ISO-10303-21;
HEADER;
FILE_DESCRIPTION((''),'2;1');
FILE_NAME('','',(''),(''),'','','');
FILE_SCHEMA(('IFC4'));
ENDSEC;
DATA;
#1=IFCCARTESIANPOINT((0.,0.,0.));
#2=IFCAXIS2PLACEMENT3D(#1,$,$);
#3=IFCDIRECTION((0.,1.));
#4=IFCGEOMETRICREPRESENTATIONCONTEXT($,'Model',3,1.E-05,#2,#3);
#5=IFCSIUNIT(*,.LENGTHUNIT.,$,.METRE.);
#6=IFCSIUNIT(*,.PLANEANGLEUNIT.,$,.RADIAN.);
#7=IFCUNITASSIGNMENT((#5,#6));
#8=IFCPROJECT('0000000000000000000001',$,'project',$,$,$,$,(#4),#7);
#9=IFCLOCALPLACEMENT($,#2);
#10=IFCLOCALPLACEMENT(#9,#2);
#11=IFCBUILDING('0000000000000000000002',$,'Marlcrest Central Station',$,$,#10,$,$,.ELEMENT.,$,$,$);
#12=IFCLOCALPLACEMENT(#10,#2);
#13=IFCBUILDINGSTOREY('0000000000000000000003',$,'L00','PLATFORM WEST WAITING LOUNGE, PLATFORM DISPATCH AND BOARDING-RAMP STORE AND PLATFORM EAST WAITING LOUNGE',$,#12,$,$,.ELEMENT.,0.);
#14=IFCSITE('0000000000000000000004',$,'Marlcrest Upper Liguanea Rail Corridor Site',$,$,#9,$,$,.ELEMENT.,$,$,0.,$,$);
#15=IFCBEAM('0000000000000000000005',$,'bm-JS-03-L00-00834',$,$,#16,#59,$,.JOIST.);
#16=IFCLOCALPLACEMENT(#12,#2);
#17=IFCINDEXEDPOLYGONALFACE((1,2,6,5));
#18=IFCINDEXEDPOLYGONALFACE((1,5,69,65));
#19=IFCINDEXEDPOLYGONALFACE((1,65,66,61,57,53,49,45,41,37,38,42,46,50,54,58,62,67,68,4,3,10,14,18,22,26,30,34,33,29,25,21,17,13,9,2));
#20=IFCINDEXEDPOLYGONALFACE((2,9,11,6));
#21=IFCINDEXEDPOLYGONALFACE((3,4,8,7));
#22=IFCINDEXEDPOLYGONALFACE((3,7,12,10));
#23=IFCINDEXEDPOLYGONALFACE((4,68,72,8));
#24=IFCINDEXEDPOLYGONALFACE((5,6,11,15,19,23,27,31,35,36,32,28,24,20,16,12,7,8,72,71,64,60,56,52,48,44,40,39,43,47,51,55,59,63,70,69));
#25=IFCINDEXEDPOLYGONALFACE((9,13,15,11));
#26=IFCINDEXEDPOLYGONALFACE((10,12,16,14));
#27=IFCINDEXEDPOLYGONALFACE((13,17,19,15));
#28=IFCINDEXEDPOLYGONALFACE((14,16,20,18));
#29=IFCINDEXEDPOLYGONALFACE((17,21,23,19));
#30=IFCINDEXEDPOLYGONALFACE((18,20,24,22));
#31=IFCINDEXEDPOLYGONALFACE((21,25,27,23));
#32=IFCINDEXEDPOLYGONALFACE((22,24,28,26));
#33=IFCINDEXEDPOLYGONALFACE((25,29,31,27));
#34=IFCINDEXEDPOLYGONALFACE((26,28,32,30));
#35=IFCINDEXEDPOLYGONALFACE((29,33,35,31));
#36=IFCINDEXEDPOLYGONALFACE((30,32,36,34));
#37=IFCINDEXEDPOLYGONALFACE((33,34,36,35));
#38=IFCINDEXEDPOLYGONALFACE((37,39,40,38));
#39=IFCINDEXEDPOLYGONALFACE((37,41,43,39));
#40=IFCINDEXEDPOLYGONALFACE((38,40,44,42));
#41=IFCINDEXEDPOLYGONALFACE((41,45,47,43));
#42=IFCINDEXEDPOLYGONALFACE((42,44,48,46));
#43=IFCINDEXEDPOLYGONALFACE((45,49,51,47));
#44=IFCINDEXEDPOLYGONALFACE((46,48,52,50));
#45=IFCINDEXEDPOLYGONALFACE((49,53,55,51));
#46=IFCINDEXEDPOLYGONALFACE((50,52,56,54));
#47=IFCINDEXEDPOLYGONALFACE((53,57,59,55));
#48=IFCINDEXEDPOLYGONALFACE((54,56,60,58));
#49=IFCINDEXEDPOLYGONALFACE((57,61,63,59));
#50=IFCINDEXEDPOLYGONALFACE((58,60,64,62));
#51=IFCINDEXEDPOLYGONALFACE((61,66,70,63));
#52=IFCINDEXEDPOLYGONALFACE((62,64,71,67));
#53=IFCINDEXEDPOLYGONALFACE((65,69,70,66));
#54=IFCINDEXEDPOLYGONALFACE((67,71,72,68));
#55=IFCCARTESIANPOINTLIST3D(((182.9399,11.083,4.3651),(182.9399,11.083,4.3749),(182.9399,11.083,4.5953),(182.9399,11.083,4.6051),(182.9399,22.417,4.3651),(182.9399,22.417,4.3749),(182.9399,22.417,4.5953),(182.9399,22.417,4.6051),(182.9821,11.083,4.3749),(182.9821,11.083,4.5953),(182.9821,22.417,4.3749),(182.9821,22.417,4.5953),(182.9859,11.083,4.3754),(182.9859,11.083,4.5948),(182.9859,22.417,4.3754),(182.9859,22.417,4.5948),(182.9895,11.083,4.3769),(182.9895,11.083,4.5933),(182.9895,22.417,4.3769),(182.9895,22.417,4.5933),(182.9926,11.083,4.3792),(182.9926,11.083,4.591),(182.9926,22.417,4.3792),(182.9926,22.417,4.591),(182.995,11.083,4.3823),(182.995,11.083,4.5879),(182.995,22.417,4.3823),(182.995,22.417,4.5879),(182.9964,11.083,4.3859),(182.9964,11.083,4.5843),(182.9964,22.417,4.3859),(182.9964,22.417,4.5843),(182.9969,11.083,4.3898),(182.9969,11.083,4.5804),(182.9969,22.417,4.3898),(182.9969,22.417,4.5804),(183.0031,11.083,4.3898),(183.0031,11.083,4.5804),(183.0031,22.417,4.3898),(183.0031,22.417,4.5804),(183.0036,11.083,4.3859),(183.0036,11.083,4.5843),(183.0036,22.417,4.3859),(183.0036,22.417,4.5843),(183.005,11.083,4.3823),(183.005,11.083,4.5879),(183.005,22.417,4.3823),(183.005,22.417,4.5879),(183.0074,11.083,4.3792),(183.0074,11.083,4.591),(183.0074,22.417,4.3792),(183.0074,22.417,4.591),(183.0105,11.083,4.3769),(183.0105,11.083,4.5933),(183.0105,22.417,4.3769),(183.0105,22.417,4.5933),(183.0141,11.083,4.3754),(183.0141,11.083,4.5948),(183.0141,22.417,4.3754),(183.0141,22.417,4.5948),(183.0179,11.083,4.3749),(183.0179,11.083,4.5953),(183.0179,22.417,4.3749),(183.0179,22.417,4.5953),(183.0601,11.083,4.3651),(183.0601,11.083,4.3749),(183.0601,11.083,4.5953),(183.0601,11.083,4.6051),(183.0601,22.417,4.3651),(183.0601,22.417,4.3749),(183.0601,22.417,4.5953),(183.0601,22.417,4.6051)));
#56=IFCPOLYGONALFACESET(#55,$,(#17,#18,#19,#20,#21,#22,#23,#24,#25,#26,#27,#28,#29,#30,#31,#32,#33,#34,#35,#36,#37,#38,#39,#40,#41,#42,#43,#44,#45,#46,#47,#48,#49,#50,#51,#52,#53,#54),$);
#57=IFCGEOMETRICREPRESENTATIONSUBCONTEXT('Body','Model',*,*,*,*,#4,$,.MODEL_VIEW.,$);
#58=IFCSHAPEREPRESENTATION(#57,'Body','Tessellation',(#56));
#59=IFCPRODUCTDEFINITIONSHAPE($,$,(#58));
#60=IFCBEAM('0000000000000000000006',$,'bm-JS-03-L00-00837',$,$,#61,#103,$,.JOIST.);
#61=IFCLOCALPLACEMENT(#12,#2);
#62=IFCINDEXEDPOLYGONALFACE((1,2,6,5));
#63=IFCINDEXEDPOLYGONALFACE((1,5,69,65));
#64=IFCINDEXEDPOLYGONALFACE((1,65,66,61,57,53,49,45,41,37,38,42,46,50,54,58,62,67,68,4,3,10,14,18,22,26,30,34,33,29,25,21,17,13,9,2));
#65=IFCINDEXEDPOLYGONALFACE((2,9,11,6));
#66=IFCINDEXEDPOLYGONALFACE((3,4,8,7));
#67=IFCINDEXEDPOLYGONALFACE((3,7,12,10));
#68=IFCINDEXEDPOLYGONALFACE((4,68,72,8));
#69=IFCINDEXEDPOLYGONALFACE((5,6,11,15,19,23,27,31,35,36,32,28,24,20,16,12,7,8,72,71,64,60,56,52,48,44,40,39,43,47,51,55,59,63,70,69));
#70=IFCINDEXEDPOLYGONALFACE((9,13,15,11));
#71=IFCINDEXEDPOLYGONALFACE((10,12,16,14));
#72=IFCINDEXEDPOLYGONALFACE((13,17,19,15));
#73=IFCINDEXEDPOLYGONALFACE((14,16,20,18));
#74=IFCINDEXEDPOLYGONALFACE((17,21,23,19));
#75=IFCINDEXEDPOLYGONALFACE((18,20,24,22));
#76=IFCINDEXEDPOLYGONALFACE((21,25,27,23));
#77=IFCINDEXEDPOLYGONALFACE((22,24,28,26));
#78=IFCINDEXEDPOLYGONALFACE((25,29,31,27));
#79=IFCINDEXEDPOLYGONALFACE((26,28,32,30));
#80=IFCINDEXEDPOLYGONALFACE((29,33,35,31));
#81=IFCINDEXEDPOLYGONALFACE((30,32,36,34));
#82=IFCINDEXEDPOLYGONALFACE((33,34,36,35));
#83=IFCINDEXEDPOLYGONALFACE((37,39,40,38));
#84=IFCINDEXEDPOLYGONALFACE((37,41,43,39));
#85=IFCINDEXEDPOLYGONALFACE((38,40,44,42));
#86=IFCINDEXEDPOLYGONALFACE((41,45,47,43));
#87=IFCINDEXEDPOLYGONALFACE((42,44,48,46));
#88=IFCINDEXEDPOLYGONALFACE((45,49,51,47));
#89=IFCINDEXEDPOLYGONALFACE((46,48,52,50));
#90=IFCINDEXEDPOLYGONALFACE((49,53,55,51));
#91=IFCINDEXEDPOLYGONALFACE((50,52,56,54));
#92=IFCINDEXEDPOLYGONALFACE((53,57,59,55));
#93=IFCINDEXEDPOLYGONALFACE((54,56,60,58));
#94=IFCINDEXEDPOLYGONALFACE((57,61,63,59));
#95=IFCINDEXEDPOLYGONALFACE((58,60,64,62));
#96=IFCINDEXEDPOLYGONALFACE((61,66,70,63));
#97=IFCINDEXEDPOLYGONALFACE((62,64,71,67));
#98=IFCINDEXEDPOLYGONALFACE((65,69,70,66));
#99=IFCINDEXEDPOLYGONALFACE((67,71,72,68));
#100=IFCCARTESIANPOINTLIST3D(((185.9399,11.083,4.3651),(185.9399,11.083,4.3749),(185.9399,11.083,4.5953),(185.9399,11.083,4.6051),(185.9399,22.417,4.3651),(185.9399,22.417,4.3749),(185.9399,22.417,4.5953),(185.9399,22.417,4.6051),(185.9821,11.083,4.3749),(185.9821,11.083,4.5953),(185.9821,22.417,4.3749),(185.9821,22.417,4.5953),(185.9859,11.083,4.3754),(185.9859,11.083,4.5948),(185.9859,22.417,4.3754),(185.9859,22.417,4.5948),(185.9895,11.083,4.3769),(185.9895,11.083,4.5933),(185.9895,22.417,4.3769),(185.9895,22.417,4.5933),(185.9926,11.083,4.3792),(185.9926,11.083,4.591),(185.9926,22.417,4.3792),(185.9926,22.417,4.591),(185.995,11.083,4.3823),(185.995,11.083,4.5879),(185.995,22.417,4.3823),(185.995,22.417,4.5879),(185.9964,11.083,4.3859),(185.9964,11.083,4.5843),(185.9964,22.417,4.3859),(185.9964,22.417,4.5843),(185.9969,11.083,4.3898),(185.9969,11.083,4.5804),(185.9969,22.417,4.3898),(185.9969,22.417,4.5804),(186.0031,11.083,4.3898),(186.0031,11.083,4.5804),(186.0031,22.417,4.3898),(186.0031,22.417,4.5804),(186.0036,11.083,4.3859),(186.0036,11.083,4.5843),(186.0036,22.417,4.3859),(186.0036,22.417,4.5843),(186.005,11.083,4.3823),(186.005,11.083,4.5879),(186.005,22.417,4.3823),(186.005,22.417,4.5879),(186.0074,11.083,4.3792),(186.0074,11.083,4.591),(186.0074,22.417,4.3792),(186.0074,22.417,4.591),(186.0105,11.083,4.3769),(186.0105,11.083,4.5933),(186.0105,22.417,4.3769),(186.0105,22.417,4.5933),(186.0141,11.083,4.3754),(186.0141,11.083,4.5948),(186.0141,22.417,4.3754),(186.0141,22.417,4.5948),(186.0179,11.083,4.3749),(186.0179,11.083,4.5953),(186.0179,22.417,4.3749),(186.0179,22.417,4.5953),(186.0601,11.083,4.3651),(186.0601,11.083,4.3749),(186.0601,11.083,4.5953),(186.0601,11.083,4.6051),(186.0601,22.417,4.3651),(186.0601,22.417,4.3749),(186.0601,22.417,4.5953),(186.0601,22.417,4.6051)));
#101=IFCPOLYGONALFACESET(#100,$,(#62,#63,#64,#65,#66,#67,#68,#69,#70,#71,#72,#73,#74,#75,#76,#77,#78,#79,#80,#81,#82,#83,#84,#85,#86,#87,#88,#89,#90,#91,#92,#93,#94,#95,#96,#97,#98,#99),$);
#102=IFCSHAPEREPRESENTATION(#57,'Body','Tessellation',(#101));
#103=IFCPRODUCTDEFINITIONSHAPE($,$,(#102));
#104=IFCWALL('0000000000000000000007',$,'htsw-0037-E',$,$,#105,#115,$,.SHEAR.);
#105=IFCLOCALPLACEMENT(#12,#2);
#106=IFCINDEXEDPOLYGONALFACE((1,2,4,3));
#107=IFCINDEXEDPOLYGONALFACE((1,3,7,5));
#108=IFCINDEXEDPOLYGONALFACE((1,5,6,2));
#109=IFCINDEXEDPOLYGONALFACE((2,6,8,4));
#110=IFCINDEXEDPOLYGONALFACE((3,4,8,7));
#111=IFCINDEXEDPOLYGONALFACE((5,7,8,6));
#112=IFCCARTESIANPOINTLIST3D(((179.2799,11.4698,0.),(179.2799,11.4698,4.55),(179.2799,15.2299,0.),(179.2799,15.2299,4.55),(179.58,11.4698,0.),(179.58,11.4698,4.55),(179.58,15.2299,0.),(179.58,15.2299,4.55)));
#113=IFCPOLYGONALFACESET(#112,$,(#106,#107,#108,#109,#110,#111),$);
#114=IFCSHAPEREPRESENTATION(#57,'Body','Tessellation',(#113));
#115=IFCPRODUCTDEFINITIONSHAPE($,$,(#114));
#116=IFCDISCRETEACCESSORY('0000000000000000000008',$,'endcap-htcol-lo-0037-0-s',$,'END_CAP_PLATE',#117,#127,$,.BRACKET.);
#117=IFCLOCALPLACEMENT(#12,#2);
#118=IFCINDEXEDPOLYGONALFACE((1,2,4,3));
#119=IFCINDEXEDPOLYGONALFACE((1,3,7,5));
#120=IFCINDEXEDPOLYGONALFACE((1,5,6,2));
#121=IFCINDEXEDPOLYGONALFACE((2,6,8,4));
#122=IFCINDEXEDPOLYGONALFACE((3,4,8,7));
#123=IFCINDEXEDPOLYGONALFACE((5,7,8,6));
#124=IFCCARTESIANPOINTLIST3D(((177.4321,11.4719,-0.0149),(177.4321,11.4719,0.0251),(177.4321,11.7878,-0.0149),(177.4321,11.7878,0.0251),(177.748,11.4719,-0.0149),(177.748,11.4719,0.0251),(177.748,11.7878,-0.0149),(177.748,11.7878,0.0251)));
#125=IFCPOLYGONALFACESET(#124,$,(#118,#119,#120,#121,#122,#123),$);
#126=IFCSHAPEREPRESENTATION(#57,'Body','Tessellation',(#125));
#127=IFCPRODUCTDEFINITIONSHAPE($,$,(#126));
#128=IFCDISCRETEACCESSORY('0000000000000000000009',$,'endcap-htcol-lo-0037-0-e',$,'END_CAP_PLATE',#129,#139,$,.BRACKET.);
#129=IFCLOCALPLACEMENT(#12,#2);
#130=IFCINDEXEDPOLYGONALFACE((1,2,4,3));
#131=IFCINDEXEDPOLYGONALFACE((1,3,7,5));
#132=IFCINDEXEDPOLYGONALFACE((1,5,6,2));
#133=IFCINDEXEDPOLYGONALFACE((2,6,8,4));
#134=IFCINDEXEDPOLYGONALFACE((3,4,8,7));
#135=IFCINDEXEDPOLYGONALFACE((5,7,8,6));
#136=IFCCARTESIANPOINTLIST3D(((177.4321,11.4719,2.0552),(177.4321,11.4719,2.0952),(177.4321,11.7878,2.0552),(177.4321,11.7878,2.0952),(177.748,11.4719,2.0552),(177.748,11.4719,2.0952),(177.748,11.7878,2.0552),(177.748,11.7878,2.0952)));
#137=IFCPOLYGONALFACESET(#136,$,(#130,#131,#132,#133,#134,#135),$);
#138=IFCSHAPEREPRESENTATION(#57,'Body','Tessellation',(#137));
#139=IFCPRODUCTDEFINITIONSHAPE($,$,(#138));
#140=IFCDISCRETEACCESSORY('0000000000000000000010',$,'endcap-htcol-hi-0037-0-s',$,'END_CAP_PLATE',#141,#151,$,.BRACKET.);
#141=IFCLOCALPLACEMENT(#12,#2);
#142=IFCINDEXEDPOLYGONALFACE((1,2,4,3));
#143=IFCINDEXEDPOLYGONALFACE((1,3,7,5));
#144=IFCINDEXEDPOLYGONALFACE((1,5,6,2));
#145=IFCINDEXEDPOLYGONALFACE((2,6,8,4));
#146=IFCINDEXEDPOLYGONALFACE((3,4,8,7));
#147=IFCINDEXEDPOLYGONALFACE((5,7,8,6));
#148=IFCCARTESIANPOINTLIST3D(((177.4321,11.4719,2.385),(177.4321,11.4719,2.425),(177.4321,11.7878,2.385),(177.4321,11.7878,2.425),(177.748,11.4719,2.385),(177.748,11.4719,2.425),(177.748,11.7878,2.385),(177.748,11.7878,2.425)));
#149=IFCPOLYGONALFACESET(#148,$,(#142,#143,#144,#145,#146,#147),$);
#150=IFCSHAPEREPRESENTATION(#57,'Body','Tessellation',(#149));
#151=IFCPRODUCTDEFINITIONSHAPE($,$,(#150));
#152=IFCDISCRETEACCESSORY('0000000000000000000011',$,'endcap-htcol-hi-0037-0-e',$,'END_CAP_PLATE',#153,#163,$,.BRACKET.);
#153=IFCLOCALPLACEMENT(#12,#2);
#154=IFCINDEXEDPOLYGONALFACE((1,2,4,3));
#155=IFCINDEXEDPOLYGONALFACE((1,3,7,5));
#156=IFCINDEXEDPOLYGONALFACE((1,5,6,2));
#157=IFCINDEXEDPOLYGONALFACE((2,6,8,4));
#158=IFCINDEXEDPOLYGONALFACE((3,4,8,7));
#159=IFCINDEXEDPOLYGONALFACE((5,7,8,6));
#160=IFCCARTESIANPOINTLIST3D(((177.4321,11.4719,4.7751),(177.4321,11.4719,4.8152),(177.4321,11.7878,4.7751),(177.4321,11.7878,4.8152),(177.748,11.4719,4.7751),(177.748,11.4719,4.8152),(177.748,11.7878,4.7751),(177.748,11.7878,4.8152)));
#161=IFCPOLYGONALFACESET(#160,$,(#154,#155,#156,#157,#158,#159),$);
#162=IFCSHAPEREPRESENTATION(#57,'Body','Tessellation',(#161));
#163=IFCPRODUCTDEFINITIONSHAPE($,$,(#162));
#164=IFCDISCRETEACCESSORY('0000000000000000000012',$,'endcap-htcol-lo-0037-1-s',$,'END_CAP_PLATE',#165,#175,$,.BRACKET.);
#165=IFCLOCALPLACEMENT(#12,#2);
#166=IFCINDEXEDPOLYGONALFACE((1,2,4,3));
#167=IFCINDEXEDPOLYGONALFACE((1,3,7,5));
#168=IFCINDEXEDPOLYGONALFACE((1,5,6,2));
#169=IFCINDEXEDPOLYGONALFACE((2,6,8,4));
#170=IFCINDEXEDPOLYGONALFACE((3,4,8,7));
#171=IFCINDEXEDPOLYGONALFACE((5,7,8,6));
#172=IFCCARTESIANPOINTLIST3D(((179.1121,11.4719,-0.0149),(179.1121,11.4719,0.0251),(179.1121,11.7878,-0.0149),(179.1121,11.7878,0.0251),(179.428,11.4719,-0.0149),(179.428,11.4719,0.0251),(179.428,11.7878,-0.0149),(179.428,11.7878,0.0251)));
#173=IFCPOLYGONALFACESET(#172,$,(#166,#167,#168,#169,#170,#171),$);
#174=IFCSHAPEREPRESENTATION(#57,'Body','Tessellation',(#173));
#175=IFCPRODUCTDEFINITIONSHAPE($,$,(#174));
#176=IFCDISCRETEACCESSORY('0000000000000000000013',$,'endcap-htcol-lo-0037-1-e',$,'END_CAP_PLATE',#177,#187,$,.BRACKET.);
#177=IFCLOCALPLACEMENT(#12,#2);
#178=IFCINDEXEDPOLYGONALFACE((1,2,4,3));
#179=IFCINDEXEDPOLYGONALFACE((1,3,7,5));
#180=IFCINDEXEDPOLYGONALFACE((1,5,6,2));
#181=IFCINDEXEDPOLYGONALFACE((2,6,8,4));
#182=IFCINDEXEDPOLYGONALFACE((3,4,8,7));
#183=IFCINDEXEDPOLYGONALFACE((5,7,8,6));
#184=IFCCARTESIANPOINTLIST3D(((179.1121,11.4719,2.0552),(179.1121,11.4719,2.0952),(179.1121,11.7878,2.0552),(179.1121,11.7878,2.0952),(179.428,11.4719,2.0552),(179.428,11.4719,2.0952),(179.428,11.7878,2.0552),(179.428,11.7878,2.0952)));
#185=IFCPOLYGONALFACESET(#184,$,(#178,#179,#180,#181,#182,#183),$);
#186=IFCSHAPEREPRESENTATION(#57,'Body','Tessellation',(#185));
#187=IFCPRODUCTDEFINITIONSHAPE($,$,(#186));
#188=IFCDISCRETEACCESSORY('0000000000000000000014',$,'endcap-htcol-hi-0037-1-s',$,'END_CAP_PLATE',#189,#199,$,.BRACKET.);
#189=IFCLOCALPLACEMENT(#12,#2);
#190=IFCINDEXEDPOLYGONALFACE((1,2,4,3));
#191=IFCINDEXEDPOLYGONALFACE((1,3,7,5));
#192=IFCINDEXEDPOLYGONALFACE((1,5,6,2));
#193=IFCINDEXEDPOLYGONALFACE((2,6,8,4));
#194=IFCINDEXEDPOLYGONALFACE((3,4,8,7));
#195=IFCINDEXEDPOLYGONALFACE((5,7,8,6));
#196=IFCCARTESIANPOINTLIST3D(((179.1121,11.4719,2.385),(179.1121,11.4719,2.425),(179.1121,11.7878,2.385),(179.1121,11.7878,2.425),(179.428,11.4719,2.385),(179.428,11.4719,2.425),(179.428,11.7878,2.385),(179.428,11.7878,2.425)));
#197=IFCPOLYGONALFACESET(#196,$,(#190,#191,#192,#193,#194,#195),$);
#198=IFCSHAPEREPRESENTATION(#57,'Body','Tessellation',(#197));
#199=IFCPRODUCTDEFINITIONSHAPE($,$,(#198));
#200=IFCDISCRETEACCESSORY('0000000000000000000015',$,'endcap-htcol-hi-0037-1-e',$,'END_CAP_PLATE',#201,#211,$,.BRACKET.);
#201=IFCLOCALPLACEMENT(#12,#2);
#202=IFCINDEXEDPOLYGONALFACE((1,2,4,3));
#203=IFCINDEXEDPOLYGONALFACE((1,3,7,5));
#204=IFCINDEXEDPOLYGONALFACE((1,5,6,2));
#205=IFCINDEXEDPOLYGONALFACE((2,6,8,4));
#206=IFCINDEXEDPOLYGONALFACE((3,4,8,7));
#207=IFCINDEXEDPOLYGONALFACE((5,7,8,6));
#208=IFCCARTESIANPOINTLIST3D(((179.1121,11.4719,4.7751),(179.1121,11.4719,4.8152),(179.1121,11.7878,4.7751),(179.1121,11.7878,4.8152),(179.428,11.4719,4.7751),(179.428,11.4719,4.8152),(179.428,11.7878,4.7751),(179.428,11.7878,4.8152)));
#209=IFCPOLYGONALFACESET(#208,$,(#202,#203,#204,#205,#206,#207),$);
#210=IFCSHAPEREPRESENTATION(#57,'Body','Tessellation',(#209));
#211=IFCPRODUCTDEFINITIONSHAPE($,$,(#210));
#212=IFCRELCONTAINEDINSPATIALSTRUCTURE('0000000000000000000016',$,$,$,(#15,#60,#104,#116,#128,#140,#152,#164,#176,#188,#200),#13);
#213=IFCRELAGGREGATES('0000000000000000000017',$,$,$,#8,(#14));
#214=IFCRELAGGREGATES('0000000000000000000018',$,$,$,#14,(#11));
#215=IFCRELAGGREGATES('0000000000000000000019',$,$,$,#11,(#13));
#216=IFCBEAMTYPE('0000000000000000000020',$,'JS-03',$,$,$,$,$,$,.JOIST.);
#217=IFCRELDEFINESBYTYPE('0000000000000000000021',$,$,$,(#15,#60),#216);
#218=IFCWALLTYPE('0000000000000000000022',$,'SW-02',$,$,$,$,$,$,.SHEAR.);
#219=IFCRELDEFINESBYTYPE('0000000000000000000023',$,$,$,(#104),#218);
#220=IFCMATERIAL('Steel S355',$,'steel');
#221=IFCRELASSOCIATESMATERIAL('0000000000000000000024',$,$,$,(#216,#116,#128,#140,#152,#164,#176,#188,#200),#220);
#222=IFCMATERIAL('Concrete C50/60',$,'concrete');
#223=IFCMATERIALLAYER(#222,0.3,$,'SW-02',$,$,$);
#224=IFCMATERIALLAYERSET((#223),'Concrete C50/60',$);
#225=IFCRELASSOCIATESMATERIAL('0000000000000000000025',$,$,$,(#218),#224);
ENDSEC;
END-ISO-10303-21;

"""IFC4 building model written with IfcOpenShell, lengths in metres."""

from ifc_helpers import new_model, si_unit, direction, frame, frame_2d, origin, origin_2d, place, context, subcontext, project, spatial, rectangle, i_section, extrude, material, layer, layer_set, material_profile, profile_set, type_object, element, save


model = new_model("IFC4")

# Units and contexts
model_context = context("Model", 3, precision=1e-05, world=origin(), true_north=direction((0.0, 1.0)))
body_context = subcontext(model_context, "Body", "Model", "MODEL_VIEW")
ifc_project = project(units=[si_unit("LENGTHUNIT", "METRE"), si_unit("PLANEANGLEUNIT", "RADIAN")], contexts=[model_context])

# Site, building, storey
site_placement = place(None, origin())
site = spatial("IfcSite", under=ifc_project, at=site_placement, Name="Marlcrest Upper Liguanea Rail Corridor Site", CompositionType="ELEMENT", RefElevation=0.0)
building_placement = place(site_placement, origin())
building = spatial("IfcBuilding", under=site, at=building_placement, Name="Marlcrest Central Station", CompositionType="ELEMENT")
storey_placement = place(building_placement, origin())
storey = spatial("IfcBuildingStorey", under=building, at=storey_placement, Name="L00", Description="PLATFORM WEST WAITING LOUNGE, PLATFORM DISPATCH AND BOARDING-RAMP STORE AND PLATFORM EAST WAITING LOUNGE", CompositionType="ELEMENT", Elevation=0.0)

# Shared definitions
ifc_material_1 = material(Name="Concrete C50/60", Category="concrete")
ifc_material_2 = material(Name="Steel S355", Category="steel")

# Beams
ifc_material_profile_1 = material_profile(ifc_material_2, i_section(OverallWidth=0.1201, OverallDepth=0.24, WebThickness=0.0061, FlangeThickness=0.0098, FilletRadius=0.0149, at=origin_2d()), Name="IPE 240")
ifc_profile_set_1 = profile_set([ifc_material_profile_1], Name="Steel S355")
beam_type_1 = type_object("IfcBeamType", Name="JS-03", PredefinedType="JOIST", material=ifc_profile_set_1)
for number, where, z_axis, x_axis, name in (
    (1, (183.0, 11.083, 4.4851), (0.0, 1.0, 0.0), (-1.0, 0.0, 0.0), "bm-JS-03-L00-00834"),
    (2, (186.0, 11.083, 4.4851), (0.0, 1.0, 0.0), (-1.0, 0.0, 0.0), "bm-JS-03-L00-00837"),
):
    element("IfcBeam", number, at=place(storey_placement, frame(where, z_axis=z_axis, x_axis=x_axis)), inside=storey, type_object=beam_type_1, Name=name, PredefinedType="JOIST", context=body_context, shape_type="SweptSolid", body=[
        extrude(i_section(OverallWidth=0.1201, OverallDepth=0.24, WebThickness=0.0061, FlangeThickness=0.0098, FilletRadius=0.0149, at=origin_2d()), origin(), (0.0, 0.0, 1.0), 11.334),
    ])

# Wall
ifc_layer = layer(ifc_material_1, 0.3, Name="SW-02")
ifc_layer_set = layer_set([ifc_layer], Name="Concrete C50/60")
wall_type = type_object("IfcWallType", Name="SW-02", PredefinedType="SHEAR", material=ifc_layer_set)
wall_placement = place(storey_placement, frame((179.4299, 11.47, 0.0), z_axis=(0.0, 0.0, 1.0), x_axis=(0.0, 1.0, 0.0)))
element("IfcWall", 3, at=wall_placement, inside=storey, type_object=wall_type, Name="htsw-0037-E", PredefinedType="SHEAR", context=body_context, shape_type="SweptSolid", body=[
    extrude(rectangle(XDim=3.76, YDim=0.3, at=frame_2d((1.8799, 0.0))), origin(), (0.0, 0.0, 1.0), 4.55),
])

# Discrete accessories
for number, where, z_axis, x_axis, name in (
    (4, (177.5901, 11.6299, -0.0149), (0.0, 0.0, 1.0), (1.0, 0.0, 0.0), "endcap-htcol-lo-0037-0-s"),
    (5, (177.5901, 11.6299, 2.0552), (0.0, 0.0, 1.0), (1.0, 0.0, 0.0), "endcap-htcol-lo-0037-0-e"),
    (6, (177.5901, 11.6299, 2.385), (0.0, 0.0, 1.0), (1.0, 0.0, 0.0), "endcap-htcol-hi-0037-0-s"),
    (7, (177.5901, 11.6299, 4.7751), (0.0, 0.0, 1.0), (1.0, 0.0, 0.0), "endcap-htcol-hi-0037-0-e"),
    (8, (179.27, 11.6299, -0.0149), (0.0, 0.0, 1.0), (1.0, 0.0, 0.0), "endcap-htcol-lo-0037-1-s"),
    (9, (179.27, 11.6299, 2.0552), (0.0, 0.0, 1.0), (1.0, 0.0, 0.0), "endcap-htcol-lo-0037-1-e"),
    (10, (179.27, 11.6299, 2.385), (0.0, 0.0, 1.0), (1.0, 0.0, 0.0), "endcap-htcol-hi-0037-1-s"),
    (11, (179.27, 11.6299, 4.7751), (0.0, 0.0, 1.0), (1.0, 0.0, 0.0), "endcap-htcol-hi-0037-1-e"),
):
    element("IfcDiscreteAccessory", number, at=place(storey_placement, frame(where, z_axis=z_axis, x_axis=x_axis)), inside=storey, material=ifc_material_2, Name=name, ObjectType="END_CAP_PLATE", PredefinedType="BRACKET", context=body_context, shape_type="SweptSolid", body=[
        extrude(rectangle(XDim=0.3159, YDim=0.3159, at=origin_2d()), origin(), (0.0, 0.0, 1.0), 0.04),
    ])

save(model, "model.ifc")
